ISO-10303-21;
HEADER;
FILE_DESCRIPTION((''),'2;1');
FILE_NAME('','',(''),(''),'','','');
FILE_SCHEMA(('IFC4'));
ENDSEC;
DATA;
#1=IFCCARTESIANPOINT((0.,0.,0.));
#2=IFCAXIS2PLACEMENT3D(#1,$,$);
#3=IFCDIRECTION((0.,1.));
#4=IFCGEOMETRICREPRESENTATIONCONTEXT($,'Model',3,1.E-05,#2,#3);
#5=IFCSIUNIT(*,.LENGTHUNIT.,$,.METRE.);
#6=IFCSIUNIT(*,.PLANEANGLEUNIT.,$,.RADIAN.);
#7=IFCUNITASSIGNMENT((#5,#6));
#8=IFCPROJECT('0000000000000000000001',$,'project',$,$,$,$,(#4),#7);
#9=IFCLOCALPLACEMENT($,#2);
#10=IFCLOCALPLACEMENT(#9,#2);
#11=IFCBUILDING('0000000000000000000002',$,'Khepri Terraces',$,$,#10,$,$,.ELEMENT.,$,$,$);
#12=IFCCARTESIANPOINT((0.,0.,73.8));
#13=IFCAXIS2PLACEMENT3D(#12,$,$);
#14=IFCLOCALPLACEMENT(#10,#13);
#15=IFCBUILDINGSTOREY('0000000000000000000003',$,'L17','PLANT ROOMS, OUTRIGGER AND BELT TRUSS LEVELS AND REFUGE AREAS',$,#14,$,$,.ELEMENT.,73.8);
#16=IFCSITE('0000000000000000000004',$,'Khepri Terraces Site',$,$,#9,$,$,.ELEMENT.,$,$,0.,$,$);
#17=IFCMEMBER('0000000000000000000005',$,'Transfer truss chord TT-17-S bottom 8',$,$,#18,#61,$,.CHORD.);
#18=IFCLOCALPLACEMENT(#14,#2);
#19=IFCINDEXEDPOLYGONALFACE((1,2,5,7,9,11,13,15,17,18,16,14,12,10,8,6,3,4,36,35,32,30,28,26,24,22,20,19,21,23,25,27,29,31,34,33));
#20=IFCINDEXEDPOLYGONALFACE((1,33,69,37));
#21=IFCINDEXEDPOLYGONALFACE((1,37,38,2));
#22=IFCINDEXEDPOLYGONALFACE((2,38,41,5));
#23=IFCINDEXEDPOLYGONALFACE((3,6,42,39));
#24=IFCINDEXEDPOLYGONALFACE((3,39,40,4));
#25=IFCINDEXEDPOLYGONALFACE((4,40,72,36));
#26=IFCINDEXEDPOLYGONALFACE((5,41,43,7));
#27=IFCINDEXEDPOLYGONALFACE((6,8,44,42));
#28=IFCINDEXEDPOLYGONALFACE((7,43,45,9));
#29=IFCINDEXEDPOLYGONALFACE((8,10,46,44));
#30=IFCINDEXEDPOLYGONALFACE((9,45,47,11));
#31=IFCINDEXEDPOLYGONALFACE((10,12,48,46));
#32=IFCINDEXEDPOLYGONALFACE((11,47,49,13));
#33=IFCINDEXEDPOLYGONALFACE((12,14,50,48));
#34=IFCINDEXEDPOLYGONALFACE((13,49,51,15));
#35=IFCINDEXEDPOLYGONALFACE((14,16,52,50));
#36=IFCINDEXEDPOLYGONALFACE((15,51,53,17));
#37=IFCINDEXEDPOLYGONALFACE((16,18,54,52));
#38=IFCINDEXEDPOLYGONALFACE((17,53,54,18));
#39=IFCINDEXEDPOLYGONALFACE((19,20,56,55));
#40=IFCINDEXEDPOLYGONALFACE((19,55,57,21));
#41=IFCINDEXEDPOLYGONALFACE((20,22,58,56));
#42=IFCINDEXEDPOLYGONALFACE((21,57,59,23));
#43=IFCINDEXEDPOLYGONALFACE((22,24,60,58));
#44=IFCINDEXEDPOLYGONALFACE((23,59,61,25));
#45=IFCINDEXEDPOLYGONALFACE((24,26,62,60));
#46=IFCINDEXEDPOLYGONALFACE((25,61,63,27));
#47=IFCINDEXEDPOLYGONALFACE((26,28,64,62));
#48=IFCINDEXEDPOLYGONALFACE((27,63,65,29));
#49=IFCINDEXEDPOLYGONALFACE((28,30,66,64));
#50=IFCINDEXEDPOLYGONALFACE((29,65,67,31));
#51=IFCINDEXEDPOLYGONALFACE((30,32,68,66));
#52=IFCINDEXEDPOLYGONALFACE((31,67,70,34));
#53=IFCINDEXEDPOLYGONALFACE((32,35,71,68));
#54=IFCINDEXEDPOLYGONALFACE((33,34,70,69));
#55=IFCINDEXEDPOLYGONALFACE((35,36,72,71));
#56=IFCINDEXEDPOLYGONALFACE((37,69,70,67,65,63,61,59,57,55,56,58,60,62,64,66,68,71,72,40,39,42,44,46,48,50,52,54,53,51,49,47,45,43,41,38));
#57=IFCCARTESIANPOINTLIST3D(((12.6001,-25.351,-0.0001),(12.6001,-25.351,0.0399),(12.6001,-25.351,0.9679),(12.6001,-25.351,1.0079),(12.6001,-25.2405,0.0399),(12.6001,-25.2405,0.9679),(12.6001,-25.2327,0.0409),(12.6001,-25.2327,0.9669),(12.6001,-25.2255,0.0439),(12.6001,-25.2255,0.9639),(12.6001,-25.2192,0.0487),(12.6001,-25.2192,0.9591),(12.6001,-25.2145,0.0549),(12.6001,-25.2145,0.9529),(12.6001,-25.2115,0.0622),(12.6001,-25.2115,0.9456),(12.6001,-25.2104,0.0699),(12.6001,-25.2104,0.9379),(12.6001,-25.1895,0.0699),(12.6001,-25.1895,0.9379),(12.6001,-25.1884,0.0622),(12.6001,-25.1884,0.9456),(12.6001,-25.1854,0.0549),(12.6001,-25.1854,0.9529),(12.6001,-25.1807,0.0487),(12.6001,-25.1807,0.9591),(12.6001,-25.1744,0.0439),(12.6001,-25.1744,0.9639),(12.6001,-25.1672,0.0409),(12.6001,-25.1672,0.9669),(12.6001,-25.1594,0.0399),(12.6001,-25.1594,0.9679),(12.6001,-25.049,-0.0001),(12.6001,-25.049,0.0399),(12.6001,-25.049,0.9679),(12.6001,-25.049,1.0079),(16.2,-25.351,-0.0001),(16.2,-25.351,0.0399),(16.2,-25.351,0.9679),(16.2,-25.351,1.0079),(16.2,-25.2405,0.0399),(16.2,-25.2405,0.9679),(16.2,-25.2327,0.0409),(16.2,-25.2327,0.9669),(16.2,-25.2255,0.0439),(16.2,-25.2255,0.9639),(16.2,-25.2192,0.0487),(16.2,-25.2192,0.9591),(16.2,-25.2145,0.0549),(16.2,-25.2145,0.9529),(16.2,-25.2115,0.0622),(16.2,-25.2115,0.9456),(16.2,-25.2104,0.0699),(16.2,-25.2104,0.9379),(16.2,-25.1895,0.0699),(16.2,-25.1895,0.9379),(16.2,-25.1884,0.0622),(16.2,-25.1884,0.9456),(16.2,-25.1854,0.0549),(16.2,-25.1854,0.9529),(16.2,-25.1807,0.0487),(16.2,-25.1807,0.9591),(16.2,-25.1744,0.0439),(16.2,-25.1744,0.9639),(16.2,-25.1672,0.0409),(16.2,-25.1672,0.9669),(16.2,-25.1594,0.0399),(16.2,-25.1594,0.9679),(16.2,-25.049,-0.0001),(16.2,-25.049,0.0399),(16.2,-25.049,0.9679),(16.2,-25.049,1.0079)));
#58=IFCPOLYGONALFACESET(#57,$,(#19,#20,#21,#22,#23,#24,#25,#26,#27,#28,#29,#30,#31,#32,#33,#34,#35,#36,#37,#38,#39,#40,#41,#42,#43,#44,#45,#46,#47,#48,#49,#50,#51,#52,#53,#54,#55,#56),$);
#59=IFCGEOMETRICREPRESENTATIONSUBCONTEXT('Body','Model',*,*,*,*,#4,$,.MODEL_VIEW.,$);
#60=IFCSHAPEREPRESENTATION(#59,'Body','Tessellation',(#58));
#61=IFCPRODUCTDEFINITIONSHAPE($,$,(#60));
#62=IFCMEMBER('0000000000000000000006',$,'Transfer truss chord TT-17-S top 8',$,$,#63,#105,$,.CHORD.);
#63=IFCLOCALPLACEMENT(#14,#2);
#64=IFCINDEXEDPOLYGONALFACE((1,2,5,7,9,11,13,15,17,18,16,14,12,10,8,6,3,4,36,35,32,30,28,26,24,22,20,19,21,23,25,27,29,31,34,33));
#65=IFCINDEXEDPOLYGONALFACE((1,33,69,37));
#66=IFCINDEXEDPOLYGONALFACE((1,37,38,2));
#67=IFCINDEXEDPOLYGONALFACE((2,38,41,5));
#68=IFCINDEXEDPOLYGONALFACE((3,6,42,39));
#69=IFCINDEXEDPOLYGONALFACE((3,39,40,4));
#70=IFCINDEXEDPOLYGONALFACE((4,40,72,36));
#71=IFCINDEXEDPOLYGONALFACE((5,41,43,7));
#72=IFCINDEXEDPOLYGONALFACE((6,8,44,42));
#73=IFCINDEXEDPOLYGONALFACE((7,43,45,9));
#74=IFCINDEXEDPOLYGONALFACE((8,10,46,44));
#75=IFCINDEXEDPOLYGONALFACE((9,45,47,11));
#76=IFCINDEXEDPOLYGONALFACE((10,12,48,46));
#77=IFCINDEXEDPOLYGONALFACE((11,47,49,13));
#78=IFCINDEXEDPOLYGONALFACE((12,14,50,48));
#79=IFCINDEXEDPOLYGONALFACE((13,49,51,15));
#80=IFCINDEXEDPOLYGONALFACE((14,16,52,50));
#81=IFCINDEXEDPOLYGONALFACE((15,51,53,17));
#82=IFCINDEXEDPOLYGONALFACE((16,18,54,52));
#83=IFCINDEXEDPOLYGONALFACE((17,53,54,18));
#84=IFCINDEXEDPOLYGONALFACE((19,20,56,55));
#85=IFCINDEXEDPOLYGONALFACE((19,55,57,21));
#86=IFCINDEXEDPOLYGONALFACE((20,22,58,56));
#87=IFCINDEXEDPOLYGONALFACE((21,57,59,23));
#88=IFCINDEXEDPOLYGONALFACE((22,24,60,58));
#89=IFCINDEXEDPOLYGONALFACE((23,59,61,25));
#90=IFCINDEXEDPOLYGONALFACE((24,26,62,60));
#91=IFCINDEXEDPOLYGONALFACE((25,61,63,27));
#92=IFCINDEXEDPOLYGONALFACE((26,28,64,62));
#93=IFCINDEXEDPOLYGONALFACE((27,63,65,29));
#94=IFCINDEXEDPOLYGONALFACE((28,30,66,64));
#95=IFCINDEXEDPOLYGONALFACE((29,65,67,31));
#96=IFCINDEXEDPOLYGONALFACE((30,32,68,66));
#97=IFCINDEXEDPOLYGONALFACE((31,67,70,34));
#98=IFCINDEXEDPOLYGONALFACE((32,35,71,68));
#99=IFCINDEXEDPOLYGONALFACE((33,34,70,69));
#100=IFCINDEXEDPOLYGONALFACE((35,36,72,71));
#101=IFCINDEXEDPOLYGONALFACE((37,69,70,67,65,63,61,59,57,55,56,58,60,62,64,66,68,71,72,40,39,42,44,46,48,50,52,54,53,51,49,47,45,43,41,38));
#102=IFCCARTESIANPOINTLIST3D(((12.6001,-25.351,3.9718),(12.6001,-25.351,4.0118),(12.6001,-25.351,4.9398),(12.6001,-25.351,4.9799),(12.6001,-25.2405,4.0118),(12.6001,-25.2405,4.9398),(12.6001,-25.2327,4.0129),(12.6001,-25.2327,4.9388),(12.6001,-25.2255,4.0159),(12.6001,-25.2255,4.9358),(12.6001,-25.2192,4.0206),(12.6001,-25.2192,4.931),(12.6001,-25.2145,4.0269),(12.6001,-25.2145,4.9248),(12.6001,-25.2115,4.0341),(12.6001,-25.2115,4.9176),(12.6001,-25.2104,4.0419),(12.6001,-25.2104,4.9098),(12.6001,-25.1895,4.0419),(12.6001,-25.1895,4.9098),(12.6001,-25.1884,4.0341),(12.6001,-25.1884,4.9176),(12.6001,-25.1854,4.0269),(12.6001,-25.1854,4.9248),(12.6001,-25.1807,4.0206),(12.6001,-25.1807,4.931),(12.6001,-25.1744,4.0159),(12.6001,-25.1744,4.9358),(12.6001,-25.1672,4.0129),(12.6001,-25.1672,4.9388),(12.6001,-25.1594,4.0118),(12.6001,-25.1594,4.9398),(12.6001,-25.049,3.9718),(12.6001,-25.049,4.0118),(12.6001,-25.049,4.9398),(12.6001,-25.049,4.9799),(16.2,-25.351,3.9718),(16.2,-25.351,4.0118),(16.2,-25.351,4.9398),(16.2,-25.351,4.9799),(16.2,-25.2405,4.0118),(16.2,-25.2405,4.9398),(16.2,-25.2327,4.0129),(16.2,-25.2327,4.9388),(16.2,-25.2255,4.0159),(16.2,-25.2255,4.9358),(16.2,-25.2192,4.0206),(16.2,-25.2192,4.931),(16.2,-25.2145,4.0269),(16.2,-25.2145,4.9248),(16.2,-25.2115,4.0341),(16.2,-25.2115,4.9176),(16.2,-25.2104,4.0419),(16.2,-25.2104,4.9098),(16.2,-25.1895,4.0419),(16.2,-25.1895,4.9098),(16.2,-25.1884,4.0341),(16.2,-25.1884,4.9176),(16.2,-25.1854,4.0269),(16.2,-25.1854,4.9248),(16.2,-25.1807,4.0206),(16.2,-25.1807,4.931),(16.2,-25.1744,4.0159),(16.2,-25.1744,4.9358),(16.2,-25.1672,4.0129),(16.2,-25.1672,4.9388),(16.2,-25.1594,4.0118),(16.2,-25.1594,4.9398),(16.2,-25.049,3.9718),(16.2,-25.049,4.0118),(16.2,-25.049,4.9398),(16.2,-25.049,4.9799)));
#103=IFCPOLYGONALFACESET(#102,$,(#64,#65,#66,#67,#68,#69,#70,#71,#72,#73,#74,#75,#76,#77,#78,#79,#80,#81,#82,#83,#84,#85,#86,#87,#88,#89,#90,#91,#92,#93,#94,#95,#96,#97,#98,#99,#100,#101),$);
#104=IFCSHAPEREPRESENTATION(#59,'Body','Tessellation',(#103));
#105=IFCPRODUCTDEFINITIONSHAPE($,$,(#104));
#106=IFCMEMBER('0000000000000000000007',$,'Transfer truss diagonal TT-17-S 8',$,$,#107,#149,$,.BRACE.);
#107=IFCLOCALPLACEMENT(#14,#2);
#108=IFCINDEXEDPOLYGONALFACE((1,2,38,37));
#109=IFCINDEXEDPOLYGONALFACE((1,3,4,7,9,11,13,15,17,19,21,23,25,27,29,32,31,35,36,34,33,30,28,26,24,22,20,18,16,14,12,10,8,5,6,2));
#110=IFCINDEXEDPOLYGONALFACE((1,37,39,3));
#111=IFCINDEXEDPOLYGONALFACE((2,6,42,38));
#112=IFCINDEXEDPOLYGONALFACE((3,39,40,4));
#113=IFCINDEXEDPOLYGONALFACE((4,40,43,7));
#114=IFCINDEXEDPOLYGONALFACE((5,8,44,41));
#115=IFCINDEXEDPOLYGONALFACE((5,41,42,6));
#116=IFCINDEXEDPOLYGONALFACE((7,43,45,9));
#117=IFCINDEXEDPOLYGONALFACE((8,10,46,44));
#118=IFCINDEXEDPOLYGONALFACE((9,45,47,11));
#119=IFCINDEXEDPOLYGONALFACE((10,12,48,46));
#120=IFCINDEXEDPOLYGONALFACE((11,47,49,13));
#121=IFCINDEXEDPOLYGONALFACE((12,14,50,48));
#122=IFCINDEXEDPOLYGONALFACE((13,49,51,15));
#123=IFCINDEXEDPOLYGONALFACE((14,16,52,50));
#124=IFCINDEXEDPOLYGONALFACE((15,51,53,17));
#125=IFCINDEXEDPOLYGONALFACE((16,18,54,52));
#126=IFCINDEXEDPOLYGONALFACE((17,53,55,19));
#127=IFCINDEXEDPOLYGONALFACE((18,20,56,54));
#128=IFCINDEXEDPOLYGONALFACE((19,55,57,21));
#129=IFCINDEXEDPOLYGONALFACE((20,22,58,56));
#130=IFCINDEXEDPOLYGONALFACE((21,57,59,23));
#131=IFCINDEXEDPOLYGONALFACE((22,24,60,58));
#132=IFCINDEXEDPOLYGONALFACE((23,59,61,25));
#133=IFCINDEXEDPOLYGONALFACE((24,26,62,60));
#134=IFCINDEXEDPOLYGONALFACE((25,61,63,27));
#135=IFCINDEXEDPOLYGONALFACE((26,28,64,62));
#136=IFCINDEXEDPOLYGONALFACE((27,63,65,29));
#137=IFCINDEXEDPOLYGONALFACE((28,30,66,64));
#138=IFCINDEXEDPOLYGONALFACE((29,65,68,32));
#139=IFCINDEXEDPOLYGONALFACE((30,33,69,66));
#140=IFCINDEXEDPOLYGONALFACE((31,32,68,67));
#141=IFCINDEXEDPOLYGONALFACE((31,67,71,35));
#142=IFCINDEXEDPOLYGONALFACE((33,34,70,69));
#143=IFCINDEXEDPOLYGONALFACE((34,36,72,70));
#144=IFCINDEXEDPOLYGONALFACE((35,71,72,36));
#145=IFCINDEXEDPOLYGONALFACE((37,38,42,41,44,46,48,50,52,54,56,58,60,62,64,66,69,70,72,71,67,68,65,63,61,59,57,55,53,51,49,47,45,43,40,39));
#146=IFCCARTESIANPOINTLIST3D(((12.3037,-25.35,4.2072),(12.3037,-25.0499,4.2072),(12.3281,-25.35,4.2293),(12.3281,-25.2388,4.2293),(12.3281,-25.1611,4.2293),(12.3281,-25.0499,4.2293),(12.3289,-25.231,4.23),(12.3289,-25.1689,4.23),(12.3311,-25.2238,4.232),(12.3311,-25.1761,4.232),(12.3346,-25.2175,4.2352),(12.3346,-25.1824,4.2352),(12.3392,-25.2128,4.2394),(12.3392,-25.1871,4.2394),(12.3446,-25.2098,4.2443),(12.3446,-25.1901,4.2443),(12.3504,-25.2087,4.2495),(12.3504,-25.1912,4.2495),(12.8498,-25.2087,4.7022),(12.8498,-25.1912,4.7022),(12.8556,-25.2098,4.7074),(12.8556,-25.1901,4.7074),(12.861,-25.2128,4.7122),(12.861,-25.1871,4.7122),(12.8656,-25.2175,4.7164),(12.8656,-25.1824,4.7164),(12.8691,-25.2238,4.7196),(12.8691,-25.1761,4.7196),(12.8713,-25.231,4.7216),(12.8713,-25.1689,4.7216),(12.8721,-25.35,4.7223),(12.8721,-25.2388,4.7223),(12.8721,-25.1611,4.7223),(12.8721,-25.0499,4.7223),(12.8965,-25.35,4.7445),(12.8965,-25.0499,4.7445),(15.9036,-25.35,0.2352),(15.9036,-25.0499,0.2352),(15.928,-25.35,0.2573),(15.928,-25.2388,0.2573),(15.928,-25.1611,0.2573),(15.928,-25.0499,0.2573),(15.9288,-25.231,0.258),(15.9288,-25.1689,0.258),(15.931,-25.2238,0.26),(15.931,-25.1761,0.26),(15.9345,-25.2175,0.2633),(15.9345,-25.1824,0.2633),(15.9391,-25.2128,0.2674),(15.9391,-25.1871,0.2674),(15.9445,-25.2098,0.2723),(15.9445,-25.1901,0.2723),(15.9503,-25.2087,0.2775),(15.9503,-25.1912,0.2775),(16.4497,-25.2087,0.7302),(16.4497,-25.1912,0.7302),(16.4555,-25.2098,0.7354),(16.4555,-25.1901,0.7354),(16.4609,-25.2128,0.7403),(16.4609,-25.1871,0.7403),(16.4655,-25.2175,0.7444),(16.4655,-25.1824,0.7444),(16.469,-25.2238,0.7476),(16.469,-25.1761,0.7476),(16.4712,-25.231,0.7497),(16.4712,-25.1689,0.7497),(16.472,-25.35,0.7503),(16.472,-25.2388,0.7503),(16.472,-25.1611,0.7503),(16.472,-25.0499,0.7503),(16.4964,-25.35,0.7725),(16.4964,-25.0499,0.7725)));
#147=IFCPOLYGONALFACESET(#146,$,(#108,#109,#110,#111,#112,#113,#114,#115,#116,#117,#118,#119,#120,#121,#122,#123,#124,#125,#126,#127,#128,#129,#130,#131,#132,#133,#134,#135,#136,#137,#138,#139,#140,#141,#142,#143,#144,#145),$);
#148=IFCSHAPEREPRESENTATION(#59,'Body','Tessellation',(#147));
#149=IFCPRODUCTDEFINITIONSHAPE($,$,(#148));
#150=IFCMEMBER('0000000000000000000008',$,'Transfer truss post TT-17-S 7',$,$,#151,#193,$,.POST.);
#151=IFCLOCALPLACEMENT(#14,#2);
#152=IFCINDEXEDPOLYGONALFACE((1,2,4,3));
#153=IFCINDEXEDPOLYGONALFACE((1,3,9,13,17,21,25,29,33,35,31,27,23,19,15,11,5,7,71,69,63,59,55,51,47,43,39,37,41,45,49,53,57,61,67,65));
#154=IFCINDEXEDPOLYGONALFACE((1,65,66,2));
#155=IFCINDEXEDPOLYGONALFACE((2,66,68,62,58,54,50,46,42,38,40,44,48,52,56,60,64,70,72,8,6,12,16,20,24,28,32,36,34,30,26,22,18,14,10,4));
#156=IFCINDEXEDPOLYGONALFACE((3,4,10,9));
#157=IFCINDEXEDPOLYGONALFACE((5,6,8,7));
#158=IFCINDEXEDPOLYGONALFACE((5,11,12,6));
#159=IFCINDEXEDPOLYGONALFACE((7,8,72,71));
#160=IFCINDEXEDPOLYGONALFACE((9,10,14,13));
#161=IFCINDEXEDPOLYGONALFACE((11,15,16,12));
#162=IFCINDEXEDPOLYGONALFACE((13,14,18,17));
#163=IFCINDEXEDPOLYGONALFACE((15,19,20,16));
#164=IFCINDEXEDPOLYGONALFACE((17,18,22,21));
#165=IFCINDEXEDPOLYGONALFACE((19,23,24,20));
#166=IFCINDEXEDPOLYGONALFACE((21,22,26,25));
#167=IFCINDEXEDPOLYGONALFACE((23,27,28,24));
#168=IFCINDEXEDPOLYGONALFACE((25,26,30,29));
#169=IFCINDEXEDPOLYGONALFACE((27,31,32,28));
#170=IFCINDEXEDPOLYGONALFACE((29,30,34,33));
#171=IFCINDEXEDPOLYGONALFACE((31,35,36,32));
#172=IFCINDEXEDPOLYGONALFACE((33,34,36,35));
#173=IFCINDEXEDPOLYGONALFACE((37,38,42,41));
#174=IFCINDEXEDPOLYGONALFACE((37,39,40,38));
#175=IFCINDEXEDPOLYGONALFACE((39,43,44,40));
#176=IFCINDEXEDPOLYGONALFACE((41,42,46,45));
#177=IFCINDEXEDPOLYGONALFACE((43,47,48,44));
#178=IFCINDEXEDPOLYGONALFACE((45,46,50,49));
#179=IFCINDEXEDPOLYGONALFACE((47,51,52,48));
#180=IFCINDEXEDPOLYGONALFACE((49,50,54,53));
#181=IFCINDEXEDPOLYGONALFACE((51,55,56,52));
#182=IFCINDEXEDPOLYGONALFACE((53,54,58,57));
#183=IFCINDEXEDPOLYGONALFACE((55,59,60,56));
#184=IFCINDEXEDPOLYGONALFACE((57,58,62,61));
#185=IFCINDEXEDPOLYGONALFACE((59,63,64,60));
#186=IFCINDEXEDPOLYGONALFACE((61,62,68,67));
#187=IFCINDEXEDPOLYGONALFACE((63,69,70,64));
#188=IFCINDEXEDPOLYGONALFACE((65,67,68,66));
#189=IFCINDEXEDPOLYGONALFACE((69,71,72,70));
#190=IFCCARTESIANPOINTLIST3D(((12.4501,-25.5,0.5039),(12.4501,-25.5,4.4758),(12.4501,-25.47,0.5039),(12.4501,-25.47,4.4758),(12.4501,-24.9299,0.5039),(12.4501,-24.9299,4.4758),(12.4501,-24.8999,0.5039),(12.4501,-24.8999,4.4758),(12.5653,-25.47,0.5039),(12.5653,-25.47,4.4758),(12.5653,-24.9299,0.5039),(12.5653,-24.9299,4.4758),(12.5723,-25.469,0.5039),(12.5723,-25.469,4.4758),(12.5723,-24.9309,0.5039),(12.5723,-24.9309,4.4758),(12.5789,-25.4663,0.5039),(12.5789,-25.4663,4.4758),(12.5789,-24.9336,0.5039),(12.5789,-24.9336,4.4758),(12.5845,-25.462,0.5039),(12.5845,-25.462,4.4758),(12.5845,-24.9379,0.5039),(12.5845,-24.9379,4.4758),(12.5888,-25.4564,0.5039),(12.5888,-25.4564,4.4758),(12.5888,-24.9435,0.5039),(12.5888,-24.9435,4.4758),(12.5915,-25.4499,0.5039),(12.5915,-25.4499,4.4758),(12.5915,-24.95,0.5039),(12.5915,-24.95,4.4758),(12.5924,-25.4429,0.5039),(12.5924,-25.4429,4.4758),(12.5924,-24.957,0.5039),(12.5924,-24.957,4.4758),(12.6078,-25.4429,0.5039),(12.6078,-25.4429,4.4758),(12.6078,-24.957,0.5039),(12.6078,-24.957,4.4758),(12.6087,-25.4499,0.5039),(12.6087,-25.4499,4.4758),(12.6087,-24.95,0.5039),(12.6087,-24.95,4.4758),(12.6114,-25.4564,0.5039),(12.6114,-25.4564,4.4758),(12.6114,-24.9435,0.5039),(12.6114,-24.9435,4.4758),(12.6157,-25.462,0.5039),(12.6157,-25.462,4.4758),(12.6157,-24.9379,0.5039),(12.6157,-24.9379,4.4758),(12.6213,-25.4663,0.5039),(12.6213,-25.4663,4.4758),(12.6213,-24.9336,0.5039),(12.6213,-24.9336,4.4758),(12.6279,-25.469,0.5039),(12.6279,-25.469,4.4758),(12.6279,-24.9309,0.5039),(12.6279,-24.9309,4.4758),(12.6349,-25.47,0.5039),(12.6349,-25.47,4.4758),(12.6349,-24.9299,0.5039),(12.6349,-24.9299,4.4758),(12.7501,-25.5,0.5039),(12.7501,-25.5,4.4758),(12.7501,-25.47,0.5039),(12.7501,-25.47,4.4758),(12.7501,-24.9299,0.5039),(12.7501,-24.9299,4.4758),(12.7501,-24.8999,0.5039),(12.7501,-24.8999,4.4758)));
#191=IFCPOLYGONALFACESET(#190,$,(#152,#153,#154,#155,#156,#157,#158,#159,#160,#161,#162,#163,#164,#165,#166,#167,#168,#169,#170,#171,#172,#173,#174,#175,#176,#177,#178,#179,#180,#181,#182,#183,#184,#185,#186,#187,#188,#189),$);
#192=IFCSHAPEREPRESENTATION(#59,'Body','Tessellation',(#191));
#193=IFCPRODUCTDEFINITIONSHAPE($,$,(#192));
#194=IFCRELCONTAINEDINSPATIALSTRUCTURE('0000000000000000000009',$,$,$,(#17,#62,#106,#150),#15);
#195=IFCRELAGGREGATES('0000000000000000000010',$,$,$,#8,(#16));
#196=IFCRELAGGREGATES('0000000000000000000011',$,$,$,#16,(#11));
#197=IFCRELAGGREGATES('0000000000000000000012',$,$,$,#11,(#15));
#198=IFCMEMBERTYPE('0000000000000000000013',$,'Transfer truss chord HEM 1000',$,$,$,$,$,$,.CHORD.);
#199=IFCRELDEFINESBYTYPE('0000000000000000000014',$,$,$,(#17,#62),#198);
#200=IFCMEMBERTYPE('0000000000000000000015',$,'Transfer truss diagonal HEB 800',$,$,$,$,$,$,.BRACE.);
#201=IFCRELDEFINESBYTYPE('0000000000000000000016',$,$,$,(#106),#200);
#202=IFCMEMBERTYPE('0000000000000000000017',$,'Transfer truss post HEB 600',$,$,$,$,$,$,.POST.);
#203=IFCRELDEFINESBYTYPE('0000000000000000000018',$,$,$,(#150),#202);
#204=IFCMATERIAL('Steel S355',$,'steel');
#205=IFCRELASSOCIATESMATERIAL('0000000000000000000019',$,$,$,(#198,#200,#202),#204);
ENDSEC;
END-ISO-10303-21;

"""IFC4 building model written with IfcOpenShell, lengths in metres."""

from ifc_helpers import new_model, si_unit, direction, frame, origin, origin_2d, place, context, subcontext, project, spatial, i_section, extrude, material, material_profile, profile_set, type_object, element, save


model = new_model("IFC4")

# Units and contexts
model_context = context("Model", 3, precision=1e-05, world=origin(), true_north=direction((0.0, 1.0)))
body_context = subcontext(model_context, "Body", "Model", "MODEL_VIEW")
ifc_project = project(units=[si_unit("LENGTHUNIT", "METRE"), si_unit("PLANEANGLEUNIT", "RADIAN")], contexts=[model_context])

# Site, building, storey
site_placement = place(None, origin())
site = spatial("IfcSite", under=ifc_project, at=site_placement, Name="Khepri Terraces Site", CompositionType="ELEMENT", RefElevation=0.0)
building_placement = place(site_placement, origin())
building = spatial("IfcBuilding", under=site, at=building_placement, Name="Khepri Terraces", CompositionType="ELEMENT")
storey_placement = place(building_placement, frame((0.0, 0.0, 73.8)))
storey = spatial("IfcBuildingStorey", under=building, at=storey_placement, Name="L17", Description="PLANT ROOMS, OUTRIGGER AND BELT TRUSS LEVELS AND REFUGE AREAS", CompositionType="ELEMENT", Elevation=73.8)

# Members
ifc_material_1 = material(Name="Steel S355", Category="steel")
ifc_material_profile_1 = material_profile(ifc_material_1, i_section(OverallWidth=0.302, OverallDepth=1.0081, WebThickness=0.021, FlangeThickness=0.04, FilletRadius=0.03, at=origin_2d()), Name="Steel S355", Category="steel")
ifc_profile_set_1 = profile_set([ifc_material_profile_1], Name="Steel S355")
member_type_1 = type_object("IfcMemberType", Name="Transfer truss chord HEM 1000", PredefinedType="CHORD", material=ifc_profile_set_1)
for number, where, z_axis, x_axis, name in (
    (1, (12.6001, -25.2, 0.5039), (1.0, 0.0, 0.0), (0.0, 1.0, 0.0), "Transfer truss chord TT-17-S bottom 8"),
    (2, (12.6001, -25.2, 4.4758), (1.0, 0.0, 0.0), (0.0, 1.0, 0.0), "Transfer truss chord TT-17-S top 8"),
):
    element("IfcMember", number, at=place(storey_placement, frame(where, z_axis=z_axis, x_axis=x_axis)), inside=storey, type_object=member_type_1, Name=name, PredefinedType="CHORD", context=body_context, shape_type="SweptSolid", body=[
        extrude(i_section(OverallWidth=0.302, OverallDepth=1.0081, WebThickness=0.021, FlangeThickness=0.04, FilletRadius=0.03, at=origin_2d()), origin(), (0.0, 0.0, 1.0), 3.5999),
    ])
ifc_material_profile_2 = material_profile(ifc_material_1, i_section(OverallWidth=0.3, OverallDepth=0.8, WebThickness=0.0176, FlangeThickness=0.033, FilletRadius=0.03, at=origin_2d()), Name="Steel S355", Category="steel")
ifc_profile_set_2 = profile_set([ifc_material_profile_2], Name="Steel S355")
member_type_2 = type_object("IfcMemberType", Name="Transfer truss diagonal HEB 800", PredefinedType="BRACE", material=ifc_profile_set_2)
member_1_placement = place(storey_placement, frame((12.6001, -25.2, 4.4758), z_axis=(0.67155, 0.0, -0.740959), x_axis=(0.0, 1.0, 0.0)))
element("IfcMember", 3, at=member_1_placement, inside=storey, type_object=member_type_2, Name="Transfer truss diagonal TT-17-S 8", PredefinedType="BRACE", context=body_context, shape_type="SweptSolid", body=[
    extrude(i_section(OverallWidth=0.3, OverallDepth=0.8, WebThickness=0.0176, FlangeThickness=0.033, FilletRadius=0.03, at=origin_2d()), origin(), (0.0, 0.0, 1.0), 5.3606),
])
ifc_material_profile_3 = material_profile(ifc_material_1, i_section(OverallWidth=0.3, OverallDepth=0.6001, WebThickness=0.0154, FlangeThickness=0.03, FilletRadius=0.0271, at=origin_2d()), Name="Steel S355", Category="steel")
ifc_profile_set_3 = profile_set([ifc_material_profile_3], Name="Steel S355")
member_type_3 = type_object("IfcMemberType", Name="Transfer truss post HEB 600", PredefinedType="POST", material=ifc_profile_set_3)
member_2_placement = place(storey_placement, frame((12.6001, -25.2, 0.5039), z_axis=(0.0, 0.0, 1.0), x_axis=(1.0, 0.0, 0.0)))
element("IfcMember", 4, at=member_2_placement, inside=storey, type_object=member_type_3, Name="Transfer truss post TT-17-S 7", PredefinedType="POST", context=body_context, shape_type="SweptSolid", body=[
    extrude(i_section(OverallWidth=0.3, OverallDepth=0.6001, WebThickness=0.0154, FlangeThickness=0.03, FilletRadius=0.0271, at=origin_2d()), origin(), (0.0, 0.0, 1.0), 3.9719),
])

save(model, "model.ifc")
